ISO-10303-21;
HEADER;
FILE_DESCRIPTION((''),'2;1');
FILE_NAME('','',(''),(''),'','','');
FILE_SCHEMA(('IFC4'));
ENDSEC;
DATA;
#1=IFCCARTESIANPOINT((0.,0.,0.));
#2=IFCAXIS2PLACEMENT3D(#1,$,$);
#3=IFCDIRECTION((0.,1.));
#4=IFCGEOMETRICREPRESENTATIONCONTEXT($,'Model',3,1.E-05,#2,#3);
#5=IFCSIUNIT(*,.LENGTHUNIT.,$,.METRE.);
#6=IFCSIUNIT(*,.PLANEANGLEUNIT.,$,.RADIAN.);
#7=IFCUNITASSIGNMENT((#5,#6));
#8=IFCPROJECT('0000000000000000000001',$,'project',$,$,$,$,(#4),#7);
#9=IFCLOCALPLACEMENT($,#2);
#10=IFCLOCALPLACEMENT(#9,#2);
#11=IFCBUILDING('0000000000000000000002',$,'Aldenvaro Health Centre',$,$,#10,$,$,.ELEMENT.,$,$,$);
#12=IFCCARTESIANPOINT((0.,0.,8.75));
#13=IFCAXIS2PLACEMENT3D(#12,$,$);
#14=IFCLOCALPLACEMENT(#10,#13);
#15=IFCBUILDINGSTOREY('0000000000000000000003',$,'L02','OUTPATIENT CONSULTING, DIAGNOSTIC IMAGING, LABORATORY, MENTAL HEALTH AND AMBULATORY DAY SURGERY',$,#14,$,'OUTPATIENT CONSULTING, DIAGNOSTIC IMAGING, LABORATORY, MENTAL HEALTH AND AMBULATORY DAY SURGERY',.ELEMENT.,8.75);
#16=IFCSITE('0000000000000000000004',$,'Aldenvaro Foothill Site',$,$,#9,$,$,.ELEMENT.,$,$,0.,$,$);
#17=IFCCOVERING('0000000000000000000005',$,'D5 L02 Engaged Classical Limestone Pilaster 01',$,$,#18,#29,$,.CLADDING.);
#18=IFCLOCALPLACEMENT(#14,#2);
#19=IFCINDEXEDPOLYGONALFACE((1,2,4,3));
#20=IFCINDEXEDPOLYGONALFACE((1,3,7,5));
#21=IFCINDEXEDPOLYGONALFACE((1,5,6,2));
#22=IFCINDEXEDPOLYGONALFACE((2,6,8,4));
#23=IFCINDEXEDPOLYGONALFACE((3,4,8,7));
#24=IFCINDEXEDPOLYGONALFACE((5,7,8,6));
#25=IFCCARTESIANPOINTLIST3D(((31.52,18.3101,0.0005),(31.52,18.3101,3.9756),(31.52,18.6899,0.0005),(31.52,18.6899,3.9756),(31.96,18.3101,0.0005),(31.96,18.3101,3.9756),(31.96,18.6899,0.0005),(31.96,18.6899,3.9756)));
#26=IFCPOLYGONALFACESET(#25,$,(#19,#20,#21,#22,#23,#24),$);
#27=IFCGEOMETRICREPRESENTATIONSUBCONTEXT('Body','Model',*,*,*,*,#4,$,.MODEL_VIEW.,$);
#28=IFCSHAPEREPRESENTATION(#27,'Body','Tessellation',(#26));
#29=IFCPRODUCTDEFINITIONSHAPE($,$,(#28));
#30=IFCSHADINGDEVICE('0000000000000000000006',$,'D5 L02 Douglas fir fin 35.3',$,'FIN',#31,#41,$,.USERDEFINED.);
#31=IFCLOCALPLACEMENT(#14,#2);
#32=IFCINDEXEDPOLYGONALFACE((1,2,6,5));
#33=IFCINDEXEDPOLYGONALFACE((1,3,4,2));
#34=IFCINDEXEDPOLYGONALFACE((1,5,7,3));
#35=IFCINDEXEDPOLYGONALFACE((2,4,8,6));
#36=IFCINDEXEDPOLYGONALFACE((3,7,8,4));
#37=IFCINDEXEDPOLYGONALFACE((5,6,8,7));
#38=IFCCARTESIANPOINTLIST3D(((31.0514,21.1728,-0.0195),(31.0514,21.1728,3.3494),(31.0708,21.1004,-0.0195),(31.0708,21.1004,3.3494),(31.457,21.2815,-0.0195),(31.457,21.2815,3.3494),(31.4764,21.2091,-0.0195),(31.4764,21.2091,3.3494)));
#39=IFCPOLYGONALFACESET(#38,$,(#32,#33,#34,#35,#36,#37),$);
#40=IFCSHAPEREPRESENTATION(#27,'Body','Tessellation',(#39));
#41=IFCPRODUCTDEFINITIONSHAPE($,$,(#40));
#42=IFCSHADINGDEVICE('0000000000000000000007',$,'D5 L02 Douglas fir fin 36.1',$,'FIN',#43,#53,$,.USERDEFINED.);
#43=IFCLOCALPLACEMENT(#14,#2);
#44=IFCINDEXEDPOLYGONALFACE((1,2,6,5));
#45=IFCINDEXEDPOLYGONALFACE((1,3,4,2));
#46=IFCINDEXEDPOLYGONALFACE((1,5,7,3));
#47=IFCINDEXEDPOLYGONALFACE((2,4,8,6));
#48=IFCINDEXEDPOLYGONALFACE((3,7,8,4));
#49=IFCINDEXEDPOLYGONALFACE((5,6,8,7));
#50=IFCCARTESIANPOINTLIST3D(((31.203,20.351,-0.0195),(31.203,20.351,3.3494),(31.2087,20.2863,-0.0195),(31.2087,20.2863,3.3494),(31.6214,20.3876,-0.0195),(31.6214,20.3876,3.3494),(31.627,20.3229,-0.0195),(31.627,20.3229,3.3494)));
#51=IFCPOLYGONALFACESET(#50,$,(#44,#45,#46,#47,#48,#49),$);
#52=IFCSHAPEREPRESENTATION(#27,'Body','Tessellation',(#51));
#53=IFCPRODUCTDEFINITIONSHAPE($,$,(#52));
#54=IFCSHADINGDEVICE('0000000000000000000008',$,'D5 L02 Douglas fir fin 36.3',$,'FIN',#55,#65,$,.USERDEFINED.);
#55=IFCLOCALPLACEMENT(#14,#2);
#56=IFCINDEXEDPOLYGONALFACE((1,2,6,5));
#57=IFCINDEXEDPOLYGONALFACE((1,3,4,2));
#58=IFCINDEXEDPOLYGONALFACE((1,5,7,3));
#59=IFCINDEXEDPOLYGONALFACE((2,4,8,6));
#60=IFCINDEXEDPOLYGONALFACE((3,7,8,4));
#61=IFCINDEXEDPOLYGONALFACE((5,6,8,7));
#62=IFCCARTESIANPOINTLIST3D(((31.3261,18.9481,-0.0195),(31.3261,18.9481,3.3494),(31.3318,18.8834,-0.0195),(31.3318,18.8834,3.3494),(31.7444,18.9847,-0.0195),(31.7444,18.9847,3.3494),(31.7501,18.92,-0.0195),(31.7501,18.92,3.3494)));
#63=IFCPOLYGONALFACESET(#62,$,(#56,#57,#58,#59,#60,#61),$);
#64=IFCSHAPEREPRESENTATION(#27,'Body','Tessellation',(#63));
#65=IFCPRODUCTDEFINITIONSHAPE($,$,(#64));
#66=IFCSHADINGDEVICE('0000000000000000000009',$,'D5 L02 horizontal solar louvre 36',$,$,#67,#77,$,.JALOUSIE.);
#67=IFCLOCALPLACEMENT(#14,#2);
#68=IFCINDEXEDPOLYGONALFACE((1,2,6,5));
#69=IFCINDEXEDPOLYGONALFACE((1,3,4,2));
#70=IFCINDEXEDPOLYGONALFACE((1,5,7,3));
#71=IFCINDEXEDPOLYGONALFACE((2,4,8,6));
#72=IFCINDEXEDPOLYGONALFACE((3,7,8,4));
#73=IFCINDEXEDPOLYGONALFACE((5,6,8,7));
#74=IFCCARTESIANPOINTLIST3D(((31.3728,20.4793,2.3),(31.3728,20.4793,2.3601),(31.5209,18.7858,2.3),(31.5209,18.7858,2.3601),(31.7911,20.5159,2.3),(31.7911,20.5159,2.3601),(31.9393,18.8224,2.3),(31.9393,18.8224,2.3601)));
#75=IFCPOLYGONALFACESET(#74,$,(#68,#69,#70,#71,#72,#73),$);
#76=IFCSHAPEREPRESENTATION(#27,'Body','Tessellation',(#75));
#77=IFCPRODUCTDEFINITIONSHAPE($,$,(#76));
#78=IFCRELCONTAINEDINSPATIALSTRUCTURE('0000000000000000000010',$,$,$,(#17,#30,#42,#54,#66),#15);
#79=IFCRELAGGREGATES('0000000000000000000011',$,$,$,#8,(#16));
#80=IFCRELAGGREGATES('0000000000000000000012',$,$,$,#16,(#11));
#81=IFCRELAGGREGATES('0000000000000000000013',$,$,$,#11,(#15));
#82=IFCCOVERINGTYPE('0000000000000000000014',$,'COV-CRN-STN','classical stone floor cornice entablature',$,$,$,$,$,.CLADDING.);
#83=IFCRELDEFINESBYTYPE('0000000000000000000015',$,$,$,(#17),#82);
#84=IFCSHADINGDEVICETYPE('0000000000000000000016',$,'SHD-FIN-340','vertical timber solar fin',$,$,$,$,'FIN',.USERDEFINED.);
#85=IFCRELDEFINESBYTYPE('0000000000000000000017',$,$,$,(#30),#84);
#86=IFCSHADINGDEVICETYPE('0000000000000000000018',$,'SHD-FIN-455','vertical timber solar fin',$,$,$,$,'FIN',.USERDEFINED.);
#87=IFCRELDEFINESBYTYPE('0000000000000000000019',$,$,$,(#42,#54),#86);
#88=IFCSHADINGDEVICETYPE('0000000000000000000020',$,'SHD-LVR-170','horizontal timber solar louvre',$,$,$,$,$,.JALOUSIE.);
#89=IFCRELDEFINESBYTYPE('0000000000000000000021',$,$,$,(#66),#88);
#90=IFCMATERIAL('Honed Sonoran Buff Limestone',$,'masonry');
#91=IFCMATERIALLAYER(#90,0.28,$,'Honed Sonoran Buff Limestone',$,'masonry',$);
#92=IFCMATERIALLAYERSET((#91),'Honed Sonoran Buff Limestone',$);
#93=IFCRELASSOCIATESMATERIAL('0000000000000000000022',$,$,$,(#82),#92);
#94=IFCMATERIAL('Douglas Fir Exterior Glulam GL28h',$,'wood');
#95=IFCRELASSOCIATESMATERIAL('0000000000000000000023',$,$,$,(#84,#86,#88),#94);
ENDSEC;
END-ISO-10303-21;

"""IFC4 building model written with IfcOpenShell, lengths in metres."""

from ifc_helpers import new_model, si_unit, direction, frame, origin, origin_2d, place, context, subcontext, project, spatial, rectangle, extrude, material, layer, layer_set, type_object, element, save


model = new_model("IFC4")

# Units and contexts
model_context = context("Model", 3, precision=1e-05, world=origin(), true_north=direction((0.0, 1.0)))
body_context = subcontext(model_context, "Body", "Model", "MODEL_VIEW")
ifc_project = project(units=[si_unit("LENGTHUNIT", "METRE"), si_unit("PLANEANGLEUNIT", "RADIAN")], contexts=[model_context])

# Site, building, storey
site_placement = place(None, origin())
site = spatial("IfcSite", under=ifc_project, at=site_placement, Name="Aldenvaro Foothill Site", CompositionType="ELEMENT", RefElevation=0.0)
building_placement = place(site_placement, origin())
building = spatial("IfcBuilding", under=site, at=building_placement, Name="Aldenvaro Health Centre", CompositionType="ELEMENT")
storey_placement = place(building_placement, frame((0.0, 0.0, 8.75)))
storey = spatial("IfcBuildingStorey", under=building, at=storey_placement, Name="L02", Description="OUTPATIENT CONSULTING, DIAGNOSTIC IMAGING, LABORATORY, MENTAL HEALTH AND AMBULATORY DAY SURGERY", LongName="OUTPATIENT CONSULTING, DIAGNOSTIC IMAGING, LABORATORY, MENTAL HEALTH AND AMBULATORY DAY SURGERY", CompositionType="ELEMENT", Elevation=8.75)

# Covering
ifc_material_1 = material(Name="Honed Sonoran Buff Limestone", Category="masonry")
ifc_layer_1 = layer(ifc_material_1, 0.28, Name="Honed Sonoran Buff Limestone", Category="masonry")
ifc_layer_set_1 = layer_set([ifc_layer_1], Name="Honed Sonoran Buff Limestone")
covering_type = type_object("IfcCoveringType", Name="COV-CRN-STN", Description="classical stone floor cornice entablature", PredefinedType="CLADDING", material=ifc_layer_set_1)
covering_placement = place(storey_placement, frame((31.74, 18.5, 0.0005), z_axis=(0.0, 0.0, 1.0), x_axis=(1.0, 0.0, 0.0)))
element("IfcCovering", 1, at=covering_placement, inside=storey, type_object=covering_type, Name="D5 L02 Engaged Classical Limestone Pilaster 01", PredefinedType="CLADDING", context=body_context, shape_type="SweptSolid", body=[
    extrude(rectangle(XDim=0.4399, YDim=0.3799, at=origin_2d()), origin(), (0.0, 0.0, 1.0), 3.9751),
])

# Shading devices
ifc_material_2 = material(Name="Douglas Fir Exterior Glulam GL28h", Category="wood")
shading_device_type_1 = type_object("IfcShadingDeviceType", Name="SHD-FIN-340", Description="vertical timber solar fin", ElementType="FIN", PredefinedType="USERDEFINED", material=ifc_material_2)
shading_device_1_placement = place(storey_placement, frame((31.2639, 21.1909, -0.0195), z_axis=(0.0, 0.0, 1.0), x_axis=(0.258825, -0.965924, 0.0)))
element("IfcShadingDevice", 2, at=shading_device_1_placement, inside=storey, type_object=shading_device_type_1, Name="D5 L02 Douglas fir fin 35.3", ObjectType="FIN", PredefinedType="USERDEFINED", context=body_context, shape_type="SweptSolid", body=[
    extrude(rectangle(XDim=0.075, YDim=0.4199, at=origin_2d()), origin(), (0.0, 0.0, 1.0), 3.3689),
])
shading_device_type_2 = type_object("IfcShadingDeviceType", Name="SHD-FIN-455", Description="vertical timber solar fin", ElementType="FIN", PredefinedType="USERDEFINED", material=ifc_material_2)
for number, where, z_axis, x_axis, name in (
    (3, (31.415, 20.3369, -0.0195), (0.0, 0.0, 1.0), (0.087167, -0.996194, 0.0), "D5 L02 Douglas fir fin 36.1"),
    (4, (31.5381, 18.9341, -0.0195), (0.0, 0.0, 1.0), (0.087167, -0.996194, 0.0), "D5 L02 Douglas fir fin 36.3"),
):
    element("IfcShadingDevice", number, at=place(storey_placement, frame(where, z_axis=z_axis, x_axis=x_axis)), inside=storey, type_object=shading_device_type_2, Name=name, ObjectType="FIN", PredefinedType="USERDEFINED", context=body_context, shape_type="SweptSolid", body=[
        extrude(rectangle(XDim=0.0649, YDim=0.4199, at=origin_2d()), origin(), (0.0, 0.0, 1.0), 3.3689),
    ])
shading_device_type_3 = type_object("IfcShadingDeviceType", Name="SHD-LVR-170", Description="horizontal timber solar louvre", PredefinedType="JALOUSIE", material=ifc_material_2)
shading_device_2_placement = place(storey_placement, frame((31.656, 19.6509, 2.3), z_axis=(0.0, 0.0, 1.0), x_axis=(0.087167, -0.996194, 0.0)))
element("IfcShadingDevice", 5, at=shading_device_2_placement, inside=storey, type_object=shading_device_type_3, Name="D5 L02 horizontal solar louvre 36", PredefinedType="JALOUSIE", context=body_context, shape_type="SweptSolid", body=[
    extrude(rectangle(XDim=1.7, YDim=0.4199, at=origin_2d()), origin(), (0.0, 0.0, 1.0), 0.0601),
])

save(model, "model.ifc")
